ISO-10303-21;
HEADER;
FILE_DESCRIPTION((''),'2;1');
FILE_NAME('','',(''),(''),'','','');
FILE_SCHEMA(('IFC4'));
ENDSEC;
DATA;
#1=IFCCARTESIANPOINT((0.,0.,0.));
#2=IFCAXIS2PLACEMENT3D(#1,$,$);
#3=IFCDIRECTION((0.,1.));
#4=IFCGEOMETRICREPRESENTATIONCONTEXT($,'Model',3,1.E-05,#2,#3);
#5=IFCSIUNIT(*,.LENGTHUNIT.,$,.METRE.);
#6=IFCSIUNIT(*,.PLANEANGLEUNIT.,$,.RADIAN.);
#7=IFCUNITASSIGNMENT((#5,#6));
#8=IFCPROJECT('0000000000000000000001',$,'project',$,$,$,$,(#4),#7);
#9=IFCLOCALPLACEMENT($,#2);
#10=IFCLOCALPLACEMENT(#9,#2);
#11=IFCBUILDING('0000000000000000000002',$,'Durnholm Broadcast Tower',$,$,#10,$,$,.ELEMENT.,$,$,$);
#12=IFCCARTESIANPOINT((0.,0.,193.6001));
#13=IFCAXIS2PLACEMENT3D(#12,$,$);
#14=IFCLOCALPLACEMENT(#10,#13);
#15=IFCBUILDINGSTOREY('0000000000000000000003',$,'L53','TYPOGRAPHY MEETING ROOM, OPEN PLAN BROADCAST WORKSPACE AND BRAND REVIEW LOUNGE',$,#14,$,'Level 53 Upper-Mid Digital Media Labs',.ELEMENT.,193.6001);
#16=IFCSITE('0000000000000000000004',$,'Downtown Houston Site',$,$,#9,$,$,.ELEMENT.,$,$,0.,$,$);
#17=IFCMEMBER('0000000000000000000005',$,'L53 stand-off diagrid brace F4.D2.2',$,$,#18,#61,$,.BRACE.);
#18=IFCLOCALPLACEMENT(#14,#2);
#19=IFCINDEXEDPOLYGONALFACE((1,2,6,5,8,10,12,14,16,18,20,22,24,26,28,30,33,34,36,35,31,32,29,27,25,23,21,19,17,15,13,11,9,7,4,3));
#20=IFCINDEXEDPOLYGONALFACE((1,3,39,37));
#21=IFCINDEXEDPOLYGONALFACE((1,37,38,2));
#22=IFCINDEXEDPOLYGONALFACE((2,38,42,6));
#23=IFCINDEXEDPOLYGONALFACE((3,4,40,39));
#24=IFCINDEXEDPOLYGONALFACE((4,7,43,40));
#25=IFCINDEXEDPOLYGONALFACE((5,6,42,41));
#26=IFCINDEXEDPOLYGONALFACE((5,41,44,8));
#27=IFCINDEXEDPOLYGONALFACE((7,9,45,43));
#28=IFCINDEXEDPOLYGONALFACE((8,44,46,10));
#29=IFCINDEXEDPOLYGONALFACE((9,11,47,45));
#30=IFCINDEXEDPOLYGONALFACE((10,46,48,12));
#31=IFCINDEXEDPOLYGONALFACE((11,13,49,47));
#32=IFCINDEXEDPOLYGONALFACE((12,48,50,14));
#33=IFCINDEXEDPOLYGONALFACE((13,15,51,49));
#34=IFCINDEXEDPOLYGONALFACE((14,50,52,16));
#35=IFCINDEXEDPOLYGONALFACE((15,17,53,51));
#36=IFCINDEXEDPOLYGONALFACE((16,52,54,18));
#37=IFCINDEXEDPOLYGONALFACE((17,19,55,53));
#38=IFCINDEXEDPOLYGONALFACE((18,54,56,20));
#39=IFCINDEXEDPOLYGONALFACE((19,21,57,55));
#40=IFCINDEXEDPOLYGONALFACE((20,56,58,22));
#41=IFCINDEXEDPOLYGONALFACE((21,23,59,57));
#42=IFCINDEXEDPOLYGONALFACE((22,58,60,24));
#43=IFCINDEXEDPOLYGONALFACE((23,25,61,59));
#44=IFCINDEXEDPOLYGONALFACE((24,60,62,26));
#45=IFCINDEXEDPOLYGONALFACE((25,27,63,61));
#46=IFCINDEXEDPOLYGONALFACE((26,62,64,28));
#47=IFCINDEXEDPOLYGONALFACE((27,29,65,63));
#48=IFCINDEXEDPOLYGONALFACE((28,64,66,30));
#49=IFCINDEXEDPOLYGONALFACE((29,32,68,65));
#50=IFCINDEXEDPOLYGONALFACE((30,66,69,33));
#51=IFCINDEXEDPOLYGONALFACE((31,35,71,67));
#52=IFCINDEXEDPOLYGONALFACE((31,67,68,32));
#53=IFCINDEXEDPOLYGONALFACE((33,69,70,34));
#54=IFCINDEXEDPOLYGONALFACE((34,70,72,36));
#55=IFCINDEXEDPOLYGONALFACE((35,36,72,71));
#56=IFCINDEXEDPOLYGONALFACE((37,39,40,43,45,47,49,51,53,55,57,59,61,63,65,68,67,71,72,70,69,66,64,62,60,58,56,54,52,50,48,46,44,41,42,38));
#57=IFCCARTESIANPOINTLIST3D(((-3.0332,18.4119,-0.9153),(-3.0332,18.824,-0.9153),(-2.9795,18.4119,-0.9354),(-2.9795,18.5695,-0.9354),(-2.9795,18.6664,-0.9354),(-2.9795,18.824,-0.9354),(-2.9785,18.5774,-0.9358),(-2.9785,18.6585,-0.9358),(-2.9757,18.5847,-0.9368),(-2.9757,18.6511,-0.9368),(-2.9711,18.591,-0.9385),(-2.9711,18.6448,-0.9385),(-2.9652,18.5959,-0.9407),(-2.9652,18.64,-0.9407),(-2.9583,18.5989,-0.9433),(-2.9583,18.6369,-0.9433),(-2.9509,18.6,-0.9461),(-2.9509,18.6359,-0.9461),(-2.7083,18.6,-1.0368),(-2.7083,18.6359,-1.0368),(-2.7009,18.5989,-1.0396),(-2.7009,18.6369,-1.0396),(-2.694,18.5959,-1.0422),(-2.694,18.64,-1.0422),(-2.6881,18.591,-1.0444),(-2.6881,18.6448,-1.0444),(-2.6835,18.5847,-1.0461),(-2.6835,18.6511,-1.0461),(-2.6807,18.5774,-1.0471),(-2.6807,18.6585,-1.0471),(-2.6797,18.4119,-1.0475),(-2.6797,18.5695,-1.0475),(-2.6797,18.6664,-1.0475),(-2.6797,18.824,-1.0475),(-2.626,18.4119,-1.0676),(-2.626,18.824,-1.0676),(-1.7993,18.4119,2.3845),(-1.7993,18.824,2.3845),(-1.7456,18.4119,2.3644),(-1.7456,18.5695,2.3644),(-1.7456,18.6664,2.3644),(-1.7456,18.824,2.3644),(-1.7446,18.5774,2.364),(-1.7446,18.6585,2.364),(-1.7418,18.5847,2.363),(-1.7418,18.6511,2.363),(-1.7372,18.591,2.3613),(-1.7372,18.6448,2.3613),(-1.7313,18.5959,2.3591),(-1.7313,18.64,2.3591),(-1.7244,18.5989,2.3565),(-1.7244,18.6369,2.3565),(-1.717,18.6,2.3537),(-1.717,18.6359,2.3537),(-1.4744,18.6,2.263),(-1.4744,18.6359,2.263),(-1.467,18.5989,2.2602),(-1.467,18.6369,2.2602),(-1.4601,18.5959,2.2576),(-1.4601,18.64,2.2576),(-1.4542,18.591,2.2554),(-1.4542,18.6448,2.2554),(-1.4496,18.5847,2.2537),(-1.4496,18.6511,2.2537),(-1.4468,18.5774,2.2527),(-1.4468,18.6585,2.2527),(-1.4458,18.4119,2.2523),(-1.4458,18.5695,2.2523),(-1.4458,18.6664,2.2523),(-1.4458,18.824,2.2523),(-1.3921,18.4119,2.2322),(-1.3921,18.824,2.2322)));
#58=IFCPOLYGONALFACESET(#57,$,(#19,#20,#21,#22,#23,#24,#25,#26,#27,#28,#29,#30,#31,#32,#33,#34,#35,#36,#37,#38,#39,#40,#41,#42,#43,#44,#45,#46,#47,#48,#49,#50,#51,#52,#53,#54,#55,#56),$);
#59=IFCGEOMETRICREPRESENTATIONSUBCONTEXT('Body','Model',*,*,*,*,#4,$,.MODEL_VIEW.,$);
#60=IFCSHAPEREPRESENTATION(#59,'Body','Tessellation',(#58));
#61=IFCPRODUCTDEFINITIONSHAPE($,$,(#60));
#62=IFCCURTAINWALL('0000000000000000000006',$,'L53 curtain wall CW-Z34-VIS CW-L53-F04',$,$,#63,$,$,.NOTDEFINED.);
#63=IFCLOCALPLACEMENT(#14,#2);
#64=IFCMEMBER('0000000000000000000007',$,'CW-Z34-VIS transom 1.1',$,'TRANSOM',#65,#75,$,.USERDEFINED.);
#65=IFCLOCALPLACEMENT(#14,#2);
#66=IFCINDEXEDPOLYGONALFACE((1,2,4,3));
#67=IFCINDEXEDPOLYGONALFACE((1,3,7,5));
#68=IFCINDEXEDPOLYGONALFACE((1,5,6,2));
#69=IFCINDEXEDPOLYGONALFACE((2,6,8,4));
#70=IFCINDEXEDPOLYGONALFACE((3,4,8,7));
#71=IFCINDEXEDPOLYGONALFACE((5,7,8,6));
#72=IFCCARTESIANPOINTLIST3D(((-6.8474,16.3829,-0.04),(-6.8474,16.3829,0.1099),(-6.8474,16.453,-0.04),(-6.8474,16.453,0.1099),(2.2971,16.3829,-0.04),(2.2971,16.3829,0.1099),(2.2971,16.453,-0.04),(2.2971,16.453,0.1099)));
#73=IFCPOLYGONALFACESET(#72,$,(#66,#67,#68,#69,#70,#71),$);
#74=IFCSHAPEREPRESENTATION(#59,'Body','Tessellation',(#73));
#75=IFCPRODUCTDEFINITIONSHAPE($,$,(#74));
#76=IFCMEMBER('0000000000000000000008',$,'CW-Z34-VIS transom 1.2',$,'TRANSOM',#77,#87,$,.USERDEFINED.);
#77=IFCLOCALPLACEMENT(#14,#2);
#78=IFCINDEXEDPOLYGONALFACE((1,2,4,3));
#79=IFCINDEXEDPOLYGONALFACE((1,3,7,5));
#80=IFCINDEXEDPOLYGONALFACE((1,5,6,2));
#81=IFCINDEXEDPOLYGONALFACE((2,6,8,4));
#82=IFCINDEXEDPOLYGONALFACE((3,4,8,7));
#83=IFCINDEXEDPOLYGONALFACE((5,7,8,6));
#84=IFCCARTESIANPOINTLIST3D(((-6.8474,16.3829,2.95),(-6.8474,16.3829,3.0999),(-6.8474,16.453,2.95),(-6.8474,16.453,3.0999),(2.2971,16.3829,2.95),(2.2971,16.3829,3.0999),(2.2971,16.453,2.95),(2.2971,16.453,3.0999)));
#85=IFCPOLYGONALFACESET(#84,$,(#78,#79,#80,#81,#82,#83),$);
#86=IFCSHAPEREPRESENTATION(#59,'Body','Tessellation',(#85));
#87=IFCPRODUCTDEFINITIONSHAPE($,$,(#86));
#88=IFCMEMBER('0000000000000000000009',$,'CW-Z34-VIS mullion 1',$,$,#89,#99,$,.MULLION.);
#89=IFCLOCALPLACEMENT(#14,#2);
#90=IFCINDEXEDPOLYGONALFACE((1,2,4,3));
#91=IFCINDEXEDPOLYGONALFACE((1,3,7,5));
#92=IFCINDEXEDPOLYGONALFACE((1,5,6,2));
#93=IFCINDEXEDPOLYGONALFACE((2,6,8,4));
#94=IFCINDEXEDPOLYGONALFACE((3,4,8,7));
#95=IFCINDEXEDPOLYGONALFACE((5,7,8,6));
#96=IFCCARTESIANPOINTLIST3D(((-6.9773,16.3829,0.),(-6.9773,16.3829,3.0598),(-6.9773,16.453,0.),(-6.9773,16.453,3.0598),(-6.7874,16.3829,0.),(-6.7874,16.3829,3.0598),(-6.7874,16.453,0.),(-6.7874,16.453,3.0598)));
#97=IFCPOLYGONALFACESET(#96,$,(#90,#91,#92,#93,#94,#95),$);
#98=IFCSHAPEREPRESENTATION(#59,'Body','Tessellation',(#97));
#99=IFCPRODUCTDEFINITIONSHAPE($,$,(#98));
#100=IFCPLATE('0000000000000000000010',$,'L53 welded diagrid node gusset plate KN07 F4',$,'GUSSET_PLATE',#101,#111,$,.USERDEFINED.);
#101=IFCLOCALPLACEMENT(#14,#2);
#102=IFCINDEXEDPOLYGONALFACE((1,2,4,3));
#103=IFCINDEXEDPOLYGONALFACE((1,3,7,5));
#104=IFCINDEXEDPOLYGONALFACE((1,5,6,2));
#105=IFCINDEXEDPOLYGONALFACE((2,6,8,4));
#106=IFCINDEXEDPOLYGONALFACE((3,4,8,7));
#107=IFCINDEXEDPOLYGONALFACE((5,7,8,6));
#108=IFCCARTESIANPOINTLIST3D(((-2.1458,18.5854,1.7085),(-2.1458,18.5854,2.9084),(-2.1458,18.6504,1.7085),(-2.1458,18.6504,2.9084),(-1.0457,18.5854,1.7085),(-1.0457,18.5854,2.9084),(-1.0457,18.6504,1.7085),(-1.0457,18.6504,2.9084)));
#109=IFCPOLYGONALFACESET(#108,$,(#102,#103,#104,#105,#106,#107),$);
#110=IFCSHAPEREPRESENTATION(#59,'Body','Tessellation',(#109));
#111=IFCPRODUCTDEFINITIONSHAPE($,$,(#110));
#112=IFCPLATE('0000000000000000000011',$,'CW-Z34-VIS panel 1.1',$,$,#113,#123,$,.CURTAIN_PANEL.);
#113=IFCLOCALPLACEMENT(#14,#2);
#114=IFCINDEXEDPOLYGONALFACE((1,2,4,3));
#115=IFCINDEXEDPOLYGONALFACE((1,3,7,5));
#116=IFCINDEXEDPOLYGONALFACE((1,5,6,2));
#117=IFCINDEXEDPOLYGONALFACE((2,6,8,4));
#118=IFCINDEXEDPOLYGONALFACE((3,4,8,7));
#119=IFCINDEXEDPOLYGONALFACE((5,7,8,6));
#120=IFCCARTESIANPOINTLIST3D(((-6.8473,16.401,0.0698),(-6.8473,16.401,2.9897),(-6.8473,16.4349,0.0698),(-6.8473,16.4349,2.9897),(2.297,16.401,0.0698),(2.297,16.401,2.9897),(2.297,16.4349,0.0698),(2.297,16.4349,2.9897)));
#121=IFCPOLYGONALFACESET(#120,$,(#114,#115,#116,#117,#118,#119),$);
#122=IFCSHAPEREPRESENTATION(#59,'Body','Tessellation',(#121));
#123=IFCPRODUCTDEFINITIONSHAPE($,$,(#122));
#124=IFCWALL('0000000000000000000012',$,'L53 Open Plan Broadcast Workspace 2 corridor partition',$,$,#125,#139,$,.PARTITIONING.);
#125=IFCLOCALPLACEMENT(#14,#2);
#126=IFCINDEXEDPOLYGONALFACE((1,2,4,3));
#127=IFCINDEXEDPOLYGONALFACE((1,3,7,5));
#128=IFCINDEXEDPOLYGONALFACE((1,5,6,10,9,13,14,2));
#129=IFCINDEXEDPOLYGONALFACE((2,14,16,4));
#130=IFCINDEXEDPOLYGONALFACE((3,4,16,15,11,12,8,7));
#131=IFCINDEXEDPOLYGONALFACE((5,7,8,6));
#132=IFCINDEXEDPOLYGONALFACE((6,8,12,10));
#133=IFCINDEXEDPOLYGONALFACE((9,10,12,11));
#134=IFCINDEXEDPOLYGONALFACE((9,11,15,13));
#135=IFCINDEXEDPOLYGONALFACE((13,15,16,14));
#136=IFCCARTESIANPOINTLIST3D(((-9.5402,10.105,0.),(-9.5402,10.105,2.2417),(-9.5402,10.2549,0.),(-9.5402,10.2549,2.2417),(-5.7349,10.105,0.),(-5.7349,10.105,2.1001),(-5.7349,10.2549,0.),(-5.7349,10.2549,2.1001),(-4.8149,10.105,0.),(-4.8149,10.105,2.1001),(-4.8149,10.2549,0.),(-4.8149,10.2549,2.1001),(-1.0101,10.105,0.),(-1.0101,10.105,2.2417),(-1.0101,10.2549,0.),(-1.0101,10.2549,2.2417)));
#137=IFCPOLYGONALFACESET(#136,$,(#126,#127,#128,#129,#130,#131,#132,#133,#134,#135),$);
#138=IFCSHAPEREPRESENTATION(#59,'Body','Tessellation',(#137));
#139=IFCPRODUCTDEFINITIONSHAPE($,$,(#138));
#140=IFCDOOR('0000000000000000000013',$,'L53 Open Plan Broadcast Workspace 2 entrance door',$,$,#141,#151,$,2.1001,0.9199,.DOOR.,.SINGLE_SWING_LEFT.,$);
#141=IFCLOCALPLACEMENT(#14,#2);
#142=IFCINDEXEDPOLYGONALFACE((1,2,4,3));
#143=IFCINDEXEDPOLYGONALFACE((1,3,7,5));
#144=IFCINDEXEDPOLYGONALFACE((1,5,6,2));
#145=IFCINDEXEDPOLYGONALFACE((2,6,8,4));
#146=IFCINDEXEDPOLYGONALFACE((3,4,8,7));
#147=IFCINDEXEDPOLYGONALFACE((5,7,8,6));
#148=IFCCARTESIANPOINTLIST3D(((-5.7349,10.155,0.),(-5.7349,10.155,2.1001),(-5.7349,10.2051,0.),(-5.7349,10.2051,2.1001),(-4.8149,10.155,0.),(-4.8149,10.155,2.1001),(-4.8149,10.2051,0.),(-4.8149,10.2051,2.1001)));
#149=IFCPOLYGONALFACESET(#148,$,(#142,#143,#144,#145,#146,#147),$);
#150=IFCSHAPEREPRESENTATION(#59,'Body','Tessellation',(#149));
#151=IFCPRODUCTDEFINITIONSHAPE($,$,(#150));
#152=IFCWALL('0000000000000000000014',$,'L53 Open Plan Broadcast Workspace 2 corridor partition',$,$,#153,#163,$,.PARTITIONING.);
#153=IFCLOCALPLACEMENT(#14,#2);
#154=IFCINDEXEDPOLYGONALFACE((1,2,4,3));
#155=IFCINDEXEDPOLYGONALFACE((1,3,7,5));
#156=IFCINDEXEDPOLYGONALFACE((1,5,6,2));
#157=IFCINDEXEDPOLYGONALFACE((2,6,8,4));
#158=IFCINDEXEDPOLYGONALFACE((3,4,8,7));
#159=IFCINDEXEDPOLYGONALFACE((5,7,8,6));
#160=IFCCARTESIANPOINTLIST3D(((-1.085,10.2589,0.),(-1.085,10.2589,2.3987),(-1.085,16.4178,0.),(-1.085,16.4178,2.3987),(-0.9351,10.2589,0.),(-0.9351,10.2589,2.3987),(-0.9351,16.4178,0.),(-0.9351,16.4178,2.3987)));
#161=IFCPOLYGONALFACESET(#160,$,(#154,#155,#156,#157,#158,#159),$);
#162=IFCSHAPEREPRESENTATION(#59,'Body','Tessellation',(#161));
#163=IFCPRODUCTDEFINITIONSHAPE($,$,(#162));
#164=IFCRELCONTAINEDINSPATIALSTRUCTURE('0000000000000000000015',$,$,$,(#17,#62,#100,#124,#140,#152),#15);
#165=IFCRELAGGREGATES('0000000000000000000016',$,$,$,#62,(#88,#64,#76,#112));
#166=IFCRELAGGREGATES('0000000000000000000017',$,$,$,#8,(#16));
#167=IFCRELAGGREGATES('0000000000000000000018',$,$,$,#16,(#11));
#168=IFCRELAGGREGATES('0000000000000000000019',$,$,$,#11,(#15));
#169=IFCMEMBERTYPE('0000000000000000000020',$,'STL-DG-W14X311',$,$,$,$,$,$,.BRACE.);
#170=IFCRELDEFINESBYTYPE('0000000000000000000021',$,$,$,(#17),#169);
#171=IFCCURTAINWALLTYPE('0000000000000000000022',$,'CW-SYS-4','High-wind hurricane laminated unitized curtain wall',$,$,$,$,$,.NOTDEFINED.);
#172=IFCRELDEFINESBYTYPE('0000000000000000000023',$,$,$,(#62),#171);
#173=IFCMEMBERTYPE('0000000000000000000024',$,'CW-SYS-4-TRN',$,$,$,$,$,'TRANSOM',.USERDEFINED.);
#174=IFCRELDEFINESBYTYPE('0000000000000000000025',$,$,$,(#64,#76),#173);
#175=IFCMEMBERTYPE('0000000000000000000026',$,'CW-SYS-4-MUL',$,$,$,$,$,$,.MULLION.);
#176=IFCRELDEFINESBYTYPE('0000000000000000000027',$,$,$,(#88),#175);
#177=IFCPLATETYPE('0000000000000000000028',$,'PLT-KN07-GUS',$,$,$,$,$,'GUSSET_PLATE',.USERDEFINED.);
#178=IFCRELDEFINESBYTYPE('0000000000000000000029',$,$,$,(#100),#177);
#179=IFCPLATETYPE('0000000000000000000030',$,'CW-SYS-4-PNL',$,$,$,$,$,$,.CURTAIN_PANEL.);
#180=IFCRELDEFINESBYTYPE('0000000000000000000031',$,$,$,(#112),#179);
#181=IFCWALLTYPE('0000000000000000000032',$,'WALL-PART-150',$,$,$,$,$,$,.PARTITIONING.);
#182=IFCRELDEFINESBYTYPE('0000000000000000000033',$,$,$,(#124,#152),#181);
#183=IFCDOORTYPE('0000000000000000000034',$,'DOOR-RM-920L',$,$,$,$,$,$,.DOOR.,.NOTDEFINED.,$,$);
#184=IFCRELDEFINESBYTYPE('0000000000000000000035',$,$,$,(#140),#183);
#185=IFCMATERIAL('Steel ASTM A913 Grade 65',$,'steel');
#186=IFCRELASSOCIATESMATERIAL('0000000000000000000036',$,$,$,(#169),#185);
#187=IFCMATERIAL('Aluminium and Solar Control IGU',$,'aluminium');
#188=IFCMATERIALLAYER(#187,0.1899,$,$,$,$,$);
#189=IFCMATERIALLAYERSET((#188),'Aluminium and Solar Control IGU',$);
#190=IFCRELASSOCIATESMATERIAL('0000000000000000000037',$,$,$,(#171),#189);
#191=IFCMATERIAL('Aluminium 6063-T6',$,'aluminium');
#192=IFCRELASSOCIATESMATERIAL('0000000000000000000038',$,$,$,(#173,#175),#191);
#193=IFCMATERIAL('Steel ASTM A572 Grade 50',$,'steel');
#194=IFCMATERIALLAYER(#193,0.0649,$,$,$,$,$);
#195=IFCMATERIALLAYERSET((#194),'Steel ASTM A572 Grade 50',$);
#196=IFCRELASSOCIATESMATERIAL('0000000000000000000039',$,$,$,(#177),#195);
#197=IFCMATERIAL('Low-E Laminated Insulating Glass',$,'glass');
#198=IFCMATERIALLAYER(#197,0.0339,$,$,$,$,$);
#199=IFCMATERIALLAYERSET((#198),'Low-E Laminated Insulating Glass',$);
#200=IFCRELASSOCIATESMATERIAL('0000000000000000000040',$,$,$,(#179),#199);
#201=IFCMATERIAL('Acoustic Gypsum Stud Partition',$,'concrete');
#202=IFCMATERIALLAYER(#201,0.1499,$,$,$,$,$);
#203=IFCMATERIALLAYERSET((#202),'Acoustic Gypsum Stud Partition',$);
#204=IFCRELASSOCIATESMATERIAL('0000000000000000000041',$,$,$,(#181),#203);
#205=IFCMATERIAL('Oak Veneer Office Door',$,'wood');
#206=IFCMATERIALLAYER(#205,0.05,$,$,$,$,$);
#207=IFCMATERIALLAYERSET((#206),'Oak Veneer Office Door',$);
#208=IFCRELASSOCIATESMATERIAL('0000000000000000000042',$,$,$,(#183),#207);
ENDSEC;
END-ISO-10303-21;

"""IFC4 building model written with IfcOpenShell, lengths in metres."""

from ifc_helpers import new_model, si_unit, direction, frame, frame_2d, origin, origin_2d, place, context, subcontext, project, spatial, rectangle, i_section, extrude, source, transform, mapped, material, layer, layer_set, material_profile, profile_set, type_object, type_shapes, element, fill, aggregate, save


model = new_model("IFC4")

# Units and contexts
model_context = context("Model", 3, precision=1e-05, world=origin(), true_north=direction((0.0, 1.0)))
body_context = subcontext(model_context, "Body", "Model", "MODEL_VIEW")
ifc_project = project(units=[si_unit("LENGTHUNIT", "METRE"), si_unit("PLANEANGLEUNIT", "RADIAN")], contexts=[model_context])

# Site, building, storey
site_placement = place(None, origin())
site = spatial("IfcSite", under=ifc_project, at=site_placement, Name="Downtown Houston Site", CompositionType="ELEMENT", RefElevation=0.0)
building_placement = place(site_placement, origin())
building = spatial("IfcBuilding", under=site, at=building_placement, Name="Durnholm Broadcast Tower", CompositionType="ELEMENT")
storey_placement = place(building_placement, frame((0.0, 0.0, 193.6001)))
storey = spatial("IfcBuildingStorey", under=building, at=storey_placement, Name="L53", Description="TYPOGRAPHY MEETING ROOM, OPEN PLAN BROADCAST WORKSPACE AND BRAND REVIEW LOUNGE", LongName="Level 53 Upper-Mid Digital Media Labs", CompositionType="ELEMENT", Elevation=193.6001)

# Member
ifc_material_1 = material(Name="Steel ASTM A913 Grade 65", Category="steel")
ifc_material_profile_1 = material_profile(ifc_material_1, i_section(OverallWidth=0.4121, OverallDepth=0.4348, WebThickness=0.0359, FlangeThickness=0.0574, FilletRadius=0.0305, at=origin_2d()), Name="W14X311")
ifc_profile_set_1 = profile_set([ifc_material_profile_1], Name="Steel ASTM A913 Grade 65")
member_type_1 = type_object("IfcMemberType", Name="STL-DG-W14X311", PredefinedType="BRACE", material=ifc_profile_set_1)
shared_shape_1 = source(origin(), body_context, "Body", "SweptSolid", [
    extrude(i_section(OverallWidth=0.4121, OverallDepth=0.4348, WebThickness=0.0359, FlangeThickness=0.0574, FilletRadius=0.0305, at=origin_2d()), origin(), (0.0, 0.0, 1.0), 3.5229),
])
type_shapes(member_type_1, [shared_shape_1])
for number, where, z_axis, x_axis, name in (
    (1, (-2.8296, 18.6179, -0.9915), (0.350242, 0.0, 0.936659), (0.0, 1.0, 0.0), "L53 stand-off diagrid brace F4.D2.2"),
):
    element("IfcMember", number, at=place(storey_placement, frame(where, z_axis=z_axis, x_axis=x_axis)), inside=storey, type_object=member_type_1, Name=name, PredefinedType="BRACE", context=body_context, shape_type="MappedRepresentation", body=[
        mapped(shared_shape_1, transform((0.0, 0.0, 0.0), x_axis=(1.0, 0.0, 0.0), y_axis=(0.0, 1.0, 0.0), z_axis=(0.0, 0.0, 1.0), scale=1.0)),
    ])

# Curtain wall, members
ifc_material_2 = material(Name="Aluminium and Solar Control IGU", Category="aluminium")
ifc_layer_1 = layer(ifc_material_2, 0.1899)
ifc_layer_set_1 = layer_set([ifc_layer_1], Name="Aluminium and Solar Control IGU")
curtain_wall_type = type_object("IfcCurtainWallType", Name="CW-SYS-4", Description="High-wind hurricane laminated unitized curtain wall", PredefinedType="NOTDEFINED", material=ifc_layer_set_1)
curtain_wall_placement = place(storey_placement, origin())
curtain_wall = element("IfcCurtainWall", 2, at=curtain_wall_placement, inside=storey, type_object=curtain_wall_type, Name="L53 curtain wall CW-Z34-VIS CW-L53-F04", PredefinedType="NOTDEFINED")
ifc_material_3 = material(Name="Aluminium 6063-T6", Category="aluminium")
ifc_material_profile_2 = material_profile(ifc_material_3, rectangle(XDim=0.0701, YDim=0.1499, at=origin_2d()), Name="CWT70X150")
ifc_profile_set_2 = profile_set([ifc_material_profile_2], Name="Aluminium 6063-T6")
member_type_2 = type_object("IfcMemberType", Name="CW-SYS-4-TRN", ElementType="TRANSOM", PredefinedType="USERDEFINED", material=ifc_profile_set_2)
shared_shape_2 = source(origin(), body_context, "Body", "SweptSolid", [
    extrude(rectangle(XDim=0.0701, YDim=0.1499, at=origin_2d()), origin(), (0.0, 0.0, 1.0), 9.1445),
])
type_shapes(member_type_2, [shared_shape_2])
member_1_placement = place(storey_placement, frame((-6.8474, 16.418, 0.0349), z_axis=(1.0, 0.0, 0.0), x_axis=(0.0, 1.0, 0.0)))
member_1 = element("IfcMember", 3, at=member_1_placement, type_object=member_type_2, Name="CW-Z34-VIS transom 1.1", ObjectType="TRANSOM", PredefinedType="USERDEFINED", context=body_context, shape_type="MappedRepresentation", body=[
    mapped(shared_shape_2, transform((0.0, 0.0, 0.0), x_axis=(1.0, 0.0, 0.0), y_axis=(0.0, 1.0, 0.0), z_axis=(0.0, 0.0, 1.0), scale=1.0)),
])
member_2_placement = place(storey_placement, frame((-6.8474, 16.418, 3.0249), z_axis=(1.0, 0.0, 0.0), x_axis=(0.0, 1.0, 0.0)))
member_2 = element("IfcMember", 4, at=member_2_placement, type_object=member_type_2, Name="CW-Z34-VIS transom 1.2", ObjectType="TRANSOM", PredefinedType="USERDEFINED", context=body_context, shape_type="MappedRepresentation", body=[
    mapped(shared_shape_2, transform((0.0, 0.0, 0.0), x_axis=(1.0, 0.0, 0.0), y_axis=(0.0, 1.0, 0.0), z_axis=(0.0, 0.0, 1.0), scale=1.0)),
])
ifc_material_profile_3 = material_profile(ifc_material_3, rectangle(XDim=0.0701, YDim=0.1899, at=origin_2d()), Name="CWM70X190")
ifc_profile_set_3 = profile_set([ifc_material_profile_3], Name="Aluminium 6063-T6")
member_type_3 = type_object("IfcMemberType", Name="CW-SYS-4-MUL", PredefinedType="MULLION", material=ifc_profile_set_3)
shared_shape_3 = source(origin(), body_context, "Body", "SweptSolid", [
    extrude(rectangle(XDim=0.0701, YDim=0.1899, at=origin_2d()), origin(), (0.0, 0.0, 1.0), 3.0598),
])
type_shapes(member_type_3, [shared_shape_3])
member_3_placement = place(storey_placement, frame((-6.8823, 16.418, 0.0), z_axis=(0.0, 0.0, 1.0), x_axis=(0.0, 1.0, 0.0)))
member_3 = element("IfcMember", 5, at=member_3_placement, type_object=member_type_3, Name="CW-Z34-VIS mullion 1", PredefinedType="MULLION", context=body_context, shape_type="MappedRepresentation", body=[
    mapped(shared_shape_3, transform((0.0, 0.0, 0.0), x_axis=(1.0, 0.0, 0.0), y_axis=(0.0, 1.0, 0.0), z_axis=(0.0, 0.0, 1.0), scale=1.0)),
])

# Plates
ifc_material_4 = material(Name="Steel ASTM A572 Grade 50", Category="steel")
ifc_layer_2 = layer(ifc_material_4, 0.0649)
ifc_layer_set_2 = layer_set([ifc_layer_2], Name="Steel ASTM A572 Grade 50")
plate_type_1 = type_object("IfcPlateType", Name="PLT-KN07-GUS", ElementType="GUSSET_PLATE", PredefinedType="USERDEFINED", material=ifc_layer_set_2)
shared_shape_4 = source(origin(), body_context, "Body", "SweptSolid", [
    extrude(rectangle(XDim=1.1001, YDim=0.0649, at=origin_2d()), origin(), (0.0, 0.0, 1.0), 1.2),
])
type_shapes(plate_type_1, [shared_shape_4])
plate_1_placement = place(storey_placement, frame((-1.5957, 18.6179, 1.7085), z_axis=(0.0, 0.0, 1.0), x_axis=(-1.0, 0.0, 0.0)))
element("IfcPlate", 6, at=plate_1_placement, inside=storey, type_object=plate_type_1, Name="L53 welded diagrid node gusset plate KN07 F4", ObjectType="GUSSET_PLATE", PredefinedType="USERDEFINED", context=body_context, shape_type="MappedRepresentation", body=[
    mapped(shared_shape_4, transform((0.0, 0.0, 0.0), x_axis=(1.0, 0.0, 0.0), y_axis=(0.0, 1.0, 0.0), z_axis=(0.0, 0.0, 1.0), scale=1.0)),
])
ifc_material_5 = material(Name="Low-E Laminated Insulating Glass", Category="glass")
ifc_layer_3 = layer(ifc_material_5, 0.0339)
ifc_layer_set_3 = layer_set([ifc_layer_3], Name="Low-E Laminated Insulating Glass")
plate_type_2 = type_object("IfcPlateType", Name="CW-SYS-4-PNL", PredefinedType="CURTAIN_PANEL", material=ifc_layer_set_3)
shared_shape_5 = source(origin(), body_context, "Body", "SweptSolid", [
    extrude(rectangle(XDim=9.1443, YDim=0.0339, at=origin_2d()), origin(), (0.0, 0.0, 1.0), 2.9199),
])
type_shapes(plate_type_2, [shared_shape_5])
plate_2_placement = place(storey_placement, frame((-2.2751, 16.418, 0.0698), z_axis=(0.0, 0.0, 1.0), x_axis=(1.0, 0.0, 0.0)))
plate_2 = element("IfcPlate", 7, at=plate_2_placement, type_object=plate_type_2, Name="CW-Z34-VIS panel 1.1", PredefinedType="CURTAIN_PANEL", context=body_context, shape_type="MappedRepresentation", body=[
    mapped(shared_shape_5, transform((0.0, 0.0, 0.0), x_axis=(1.0, 0.0, 0.0), y_axis=(0.0, 1.0, 0.0), z_axis=(0.0, 0.0, 1.0), scale=1.0)),
])
aggregate(curtain_wall, [member_3, member_1, member_2, plate_2])

# Wall, opening, door
ifc_material_6 = material(Name="Acoustic Gypsum Stud Partition", Category="concrete")
ifc_layer_4 = layer(ifc_material_6, 0.1499)
ifc_layer_set_4 = layer_set([ifc_layer_4], Name="Acoustic Gypsum Stud Partition")
wall_type_1 = type_object("IfcWallType", Name="WALL-PART-150", PredefinedType="PARTITIONING", material=ifc_layer_set_4)
wall_1_placement = place(storey_placement, frame((-1.01, 10.1799, 0.0), z_axis=(0.0, 0.0, 1.0), x_axis=(-1.0, 0.0, 0.0)))
wall_1 = element("IfcWall", 8, at=wall_1_placement, inside=storey, type_object=wall_type_1, Name="L53 Open Plan Broadcast Workspace 2 corridor partition", PredefinedType="PARTITIONING", context=body_context, shape_type="SweptSolid", body=[
    extrude(rectangle(XDim=8.53, YDim=0.1499, at=frame_2d((4.2651, 0.0))), origin(), (0.0, 0.0, 1.0), 2.2417),
])
opening_placement = place(wall_1_placement, frame((3.8049, 0.0, 0.0)))
opening = element("IfcOpeningElement", 9, at=opening_placement, cuts=wall_1, PredefinedType="OPENING", context=body_context, shape_type="SweptSolid", body=[
    extrude(rectangle(XDim=0.9199, YDim=2.1001, at=frame_2d((0.46, 1.05))), frame((0.0, 0.085, 0.0), z_axis=(0.0, -1.0, 0.0), x_axis=(1.0, 0.0, 0.0)), (0.0, 0.0, 1.0), 0.1699),
])
ifc_material_7 = material(Name="Oak Veneer Office Door", Category="wood")
ifc_layer_5 = layer(ifc_material_7, 0.05)
ifc_layer_set_5 = layer_set([ifc_layer_5], Name="Oak Veneer Office Door")
door_type = type_object("IfcDoorType", Name="DOOR-RM-920L", OperationType="NOTDEFINED", PredefinedType="DOOR", material=ifc_layer_set_5)
shared_shape_6 = source(origin(), body_context, "Body", "SweptSolid", [
    extrude(rectangle(XDim=0.9199, YDim=2.1001, at=frame_2d((0.46, 1.05))), frame((0.0, 0.0249, 0.0), z_axis=(0.0, -1.0, 0.0), x_axis=(1.0, 0.0, 0.0)), (0.0, 0.0, 1.0), 0.05),
])
type_shapes(door_type, [shared_shape_6])
door_placement = place(opening_placement, origin())
door = element("IfcDoor", 10, at=door_placement, inside=storey, type_object=door_type, Name="L53 Open Plan Broadcast Workspace 2 entrance door", OperationType="SINGLE_SWING_LEFT", OverallHeight=2.1001, OverallWidth=0.9199, PredefinedType="DOOR", context=body_context, shape_type="MappedRepresentation", body=[
    mapped(shared_shape_6, transform((0.0, 0.0, 0.0), x_axis=(1.0, 0.0, 0.0), y_axis=(0.0, 1.0, 0.0), z_axis=(0.0, 0.0, 1.0), scale=1.0)),
])
fill(opening, door)

# Wall
wall_2_placement = place(storey_placement, frame((-1.01, 16.418, 0.0), z_axis=(0.0, 0.0, 1.0), x_axis=(0.0, -1.0, 0.0)))
element("IfcWall", 11, at=wall_2_placement, inside=storey, type_object=wall_type_1, Name="L53 Open Plan Broadcast Workspace 2 corridor partition", PredefinedType="PARTITIONING", context=body_context, shape_type="SweptSolid", body=[
    extrude(rectangle(XDim=6.1589, YDim=0.1499, at=frame_2d((3.0796, 0.0))), origin(), (0.0, 0.0, 1.0), 2.3987),
])

save(model, "model.ifc")
